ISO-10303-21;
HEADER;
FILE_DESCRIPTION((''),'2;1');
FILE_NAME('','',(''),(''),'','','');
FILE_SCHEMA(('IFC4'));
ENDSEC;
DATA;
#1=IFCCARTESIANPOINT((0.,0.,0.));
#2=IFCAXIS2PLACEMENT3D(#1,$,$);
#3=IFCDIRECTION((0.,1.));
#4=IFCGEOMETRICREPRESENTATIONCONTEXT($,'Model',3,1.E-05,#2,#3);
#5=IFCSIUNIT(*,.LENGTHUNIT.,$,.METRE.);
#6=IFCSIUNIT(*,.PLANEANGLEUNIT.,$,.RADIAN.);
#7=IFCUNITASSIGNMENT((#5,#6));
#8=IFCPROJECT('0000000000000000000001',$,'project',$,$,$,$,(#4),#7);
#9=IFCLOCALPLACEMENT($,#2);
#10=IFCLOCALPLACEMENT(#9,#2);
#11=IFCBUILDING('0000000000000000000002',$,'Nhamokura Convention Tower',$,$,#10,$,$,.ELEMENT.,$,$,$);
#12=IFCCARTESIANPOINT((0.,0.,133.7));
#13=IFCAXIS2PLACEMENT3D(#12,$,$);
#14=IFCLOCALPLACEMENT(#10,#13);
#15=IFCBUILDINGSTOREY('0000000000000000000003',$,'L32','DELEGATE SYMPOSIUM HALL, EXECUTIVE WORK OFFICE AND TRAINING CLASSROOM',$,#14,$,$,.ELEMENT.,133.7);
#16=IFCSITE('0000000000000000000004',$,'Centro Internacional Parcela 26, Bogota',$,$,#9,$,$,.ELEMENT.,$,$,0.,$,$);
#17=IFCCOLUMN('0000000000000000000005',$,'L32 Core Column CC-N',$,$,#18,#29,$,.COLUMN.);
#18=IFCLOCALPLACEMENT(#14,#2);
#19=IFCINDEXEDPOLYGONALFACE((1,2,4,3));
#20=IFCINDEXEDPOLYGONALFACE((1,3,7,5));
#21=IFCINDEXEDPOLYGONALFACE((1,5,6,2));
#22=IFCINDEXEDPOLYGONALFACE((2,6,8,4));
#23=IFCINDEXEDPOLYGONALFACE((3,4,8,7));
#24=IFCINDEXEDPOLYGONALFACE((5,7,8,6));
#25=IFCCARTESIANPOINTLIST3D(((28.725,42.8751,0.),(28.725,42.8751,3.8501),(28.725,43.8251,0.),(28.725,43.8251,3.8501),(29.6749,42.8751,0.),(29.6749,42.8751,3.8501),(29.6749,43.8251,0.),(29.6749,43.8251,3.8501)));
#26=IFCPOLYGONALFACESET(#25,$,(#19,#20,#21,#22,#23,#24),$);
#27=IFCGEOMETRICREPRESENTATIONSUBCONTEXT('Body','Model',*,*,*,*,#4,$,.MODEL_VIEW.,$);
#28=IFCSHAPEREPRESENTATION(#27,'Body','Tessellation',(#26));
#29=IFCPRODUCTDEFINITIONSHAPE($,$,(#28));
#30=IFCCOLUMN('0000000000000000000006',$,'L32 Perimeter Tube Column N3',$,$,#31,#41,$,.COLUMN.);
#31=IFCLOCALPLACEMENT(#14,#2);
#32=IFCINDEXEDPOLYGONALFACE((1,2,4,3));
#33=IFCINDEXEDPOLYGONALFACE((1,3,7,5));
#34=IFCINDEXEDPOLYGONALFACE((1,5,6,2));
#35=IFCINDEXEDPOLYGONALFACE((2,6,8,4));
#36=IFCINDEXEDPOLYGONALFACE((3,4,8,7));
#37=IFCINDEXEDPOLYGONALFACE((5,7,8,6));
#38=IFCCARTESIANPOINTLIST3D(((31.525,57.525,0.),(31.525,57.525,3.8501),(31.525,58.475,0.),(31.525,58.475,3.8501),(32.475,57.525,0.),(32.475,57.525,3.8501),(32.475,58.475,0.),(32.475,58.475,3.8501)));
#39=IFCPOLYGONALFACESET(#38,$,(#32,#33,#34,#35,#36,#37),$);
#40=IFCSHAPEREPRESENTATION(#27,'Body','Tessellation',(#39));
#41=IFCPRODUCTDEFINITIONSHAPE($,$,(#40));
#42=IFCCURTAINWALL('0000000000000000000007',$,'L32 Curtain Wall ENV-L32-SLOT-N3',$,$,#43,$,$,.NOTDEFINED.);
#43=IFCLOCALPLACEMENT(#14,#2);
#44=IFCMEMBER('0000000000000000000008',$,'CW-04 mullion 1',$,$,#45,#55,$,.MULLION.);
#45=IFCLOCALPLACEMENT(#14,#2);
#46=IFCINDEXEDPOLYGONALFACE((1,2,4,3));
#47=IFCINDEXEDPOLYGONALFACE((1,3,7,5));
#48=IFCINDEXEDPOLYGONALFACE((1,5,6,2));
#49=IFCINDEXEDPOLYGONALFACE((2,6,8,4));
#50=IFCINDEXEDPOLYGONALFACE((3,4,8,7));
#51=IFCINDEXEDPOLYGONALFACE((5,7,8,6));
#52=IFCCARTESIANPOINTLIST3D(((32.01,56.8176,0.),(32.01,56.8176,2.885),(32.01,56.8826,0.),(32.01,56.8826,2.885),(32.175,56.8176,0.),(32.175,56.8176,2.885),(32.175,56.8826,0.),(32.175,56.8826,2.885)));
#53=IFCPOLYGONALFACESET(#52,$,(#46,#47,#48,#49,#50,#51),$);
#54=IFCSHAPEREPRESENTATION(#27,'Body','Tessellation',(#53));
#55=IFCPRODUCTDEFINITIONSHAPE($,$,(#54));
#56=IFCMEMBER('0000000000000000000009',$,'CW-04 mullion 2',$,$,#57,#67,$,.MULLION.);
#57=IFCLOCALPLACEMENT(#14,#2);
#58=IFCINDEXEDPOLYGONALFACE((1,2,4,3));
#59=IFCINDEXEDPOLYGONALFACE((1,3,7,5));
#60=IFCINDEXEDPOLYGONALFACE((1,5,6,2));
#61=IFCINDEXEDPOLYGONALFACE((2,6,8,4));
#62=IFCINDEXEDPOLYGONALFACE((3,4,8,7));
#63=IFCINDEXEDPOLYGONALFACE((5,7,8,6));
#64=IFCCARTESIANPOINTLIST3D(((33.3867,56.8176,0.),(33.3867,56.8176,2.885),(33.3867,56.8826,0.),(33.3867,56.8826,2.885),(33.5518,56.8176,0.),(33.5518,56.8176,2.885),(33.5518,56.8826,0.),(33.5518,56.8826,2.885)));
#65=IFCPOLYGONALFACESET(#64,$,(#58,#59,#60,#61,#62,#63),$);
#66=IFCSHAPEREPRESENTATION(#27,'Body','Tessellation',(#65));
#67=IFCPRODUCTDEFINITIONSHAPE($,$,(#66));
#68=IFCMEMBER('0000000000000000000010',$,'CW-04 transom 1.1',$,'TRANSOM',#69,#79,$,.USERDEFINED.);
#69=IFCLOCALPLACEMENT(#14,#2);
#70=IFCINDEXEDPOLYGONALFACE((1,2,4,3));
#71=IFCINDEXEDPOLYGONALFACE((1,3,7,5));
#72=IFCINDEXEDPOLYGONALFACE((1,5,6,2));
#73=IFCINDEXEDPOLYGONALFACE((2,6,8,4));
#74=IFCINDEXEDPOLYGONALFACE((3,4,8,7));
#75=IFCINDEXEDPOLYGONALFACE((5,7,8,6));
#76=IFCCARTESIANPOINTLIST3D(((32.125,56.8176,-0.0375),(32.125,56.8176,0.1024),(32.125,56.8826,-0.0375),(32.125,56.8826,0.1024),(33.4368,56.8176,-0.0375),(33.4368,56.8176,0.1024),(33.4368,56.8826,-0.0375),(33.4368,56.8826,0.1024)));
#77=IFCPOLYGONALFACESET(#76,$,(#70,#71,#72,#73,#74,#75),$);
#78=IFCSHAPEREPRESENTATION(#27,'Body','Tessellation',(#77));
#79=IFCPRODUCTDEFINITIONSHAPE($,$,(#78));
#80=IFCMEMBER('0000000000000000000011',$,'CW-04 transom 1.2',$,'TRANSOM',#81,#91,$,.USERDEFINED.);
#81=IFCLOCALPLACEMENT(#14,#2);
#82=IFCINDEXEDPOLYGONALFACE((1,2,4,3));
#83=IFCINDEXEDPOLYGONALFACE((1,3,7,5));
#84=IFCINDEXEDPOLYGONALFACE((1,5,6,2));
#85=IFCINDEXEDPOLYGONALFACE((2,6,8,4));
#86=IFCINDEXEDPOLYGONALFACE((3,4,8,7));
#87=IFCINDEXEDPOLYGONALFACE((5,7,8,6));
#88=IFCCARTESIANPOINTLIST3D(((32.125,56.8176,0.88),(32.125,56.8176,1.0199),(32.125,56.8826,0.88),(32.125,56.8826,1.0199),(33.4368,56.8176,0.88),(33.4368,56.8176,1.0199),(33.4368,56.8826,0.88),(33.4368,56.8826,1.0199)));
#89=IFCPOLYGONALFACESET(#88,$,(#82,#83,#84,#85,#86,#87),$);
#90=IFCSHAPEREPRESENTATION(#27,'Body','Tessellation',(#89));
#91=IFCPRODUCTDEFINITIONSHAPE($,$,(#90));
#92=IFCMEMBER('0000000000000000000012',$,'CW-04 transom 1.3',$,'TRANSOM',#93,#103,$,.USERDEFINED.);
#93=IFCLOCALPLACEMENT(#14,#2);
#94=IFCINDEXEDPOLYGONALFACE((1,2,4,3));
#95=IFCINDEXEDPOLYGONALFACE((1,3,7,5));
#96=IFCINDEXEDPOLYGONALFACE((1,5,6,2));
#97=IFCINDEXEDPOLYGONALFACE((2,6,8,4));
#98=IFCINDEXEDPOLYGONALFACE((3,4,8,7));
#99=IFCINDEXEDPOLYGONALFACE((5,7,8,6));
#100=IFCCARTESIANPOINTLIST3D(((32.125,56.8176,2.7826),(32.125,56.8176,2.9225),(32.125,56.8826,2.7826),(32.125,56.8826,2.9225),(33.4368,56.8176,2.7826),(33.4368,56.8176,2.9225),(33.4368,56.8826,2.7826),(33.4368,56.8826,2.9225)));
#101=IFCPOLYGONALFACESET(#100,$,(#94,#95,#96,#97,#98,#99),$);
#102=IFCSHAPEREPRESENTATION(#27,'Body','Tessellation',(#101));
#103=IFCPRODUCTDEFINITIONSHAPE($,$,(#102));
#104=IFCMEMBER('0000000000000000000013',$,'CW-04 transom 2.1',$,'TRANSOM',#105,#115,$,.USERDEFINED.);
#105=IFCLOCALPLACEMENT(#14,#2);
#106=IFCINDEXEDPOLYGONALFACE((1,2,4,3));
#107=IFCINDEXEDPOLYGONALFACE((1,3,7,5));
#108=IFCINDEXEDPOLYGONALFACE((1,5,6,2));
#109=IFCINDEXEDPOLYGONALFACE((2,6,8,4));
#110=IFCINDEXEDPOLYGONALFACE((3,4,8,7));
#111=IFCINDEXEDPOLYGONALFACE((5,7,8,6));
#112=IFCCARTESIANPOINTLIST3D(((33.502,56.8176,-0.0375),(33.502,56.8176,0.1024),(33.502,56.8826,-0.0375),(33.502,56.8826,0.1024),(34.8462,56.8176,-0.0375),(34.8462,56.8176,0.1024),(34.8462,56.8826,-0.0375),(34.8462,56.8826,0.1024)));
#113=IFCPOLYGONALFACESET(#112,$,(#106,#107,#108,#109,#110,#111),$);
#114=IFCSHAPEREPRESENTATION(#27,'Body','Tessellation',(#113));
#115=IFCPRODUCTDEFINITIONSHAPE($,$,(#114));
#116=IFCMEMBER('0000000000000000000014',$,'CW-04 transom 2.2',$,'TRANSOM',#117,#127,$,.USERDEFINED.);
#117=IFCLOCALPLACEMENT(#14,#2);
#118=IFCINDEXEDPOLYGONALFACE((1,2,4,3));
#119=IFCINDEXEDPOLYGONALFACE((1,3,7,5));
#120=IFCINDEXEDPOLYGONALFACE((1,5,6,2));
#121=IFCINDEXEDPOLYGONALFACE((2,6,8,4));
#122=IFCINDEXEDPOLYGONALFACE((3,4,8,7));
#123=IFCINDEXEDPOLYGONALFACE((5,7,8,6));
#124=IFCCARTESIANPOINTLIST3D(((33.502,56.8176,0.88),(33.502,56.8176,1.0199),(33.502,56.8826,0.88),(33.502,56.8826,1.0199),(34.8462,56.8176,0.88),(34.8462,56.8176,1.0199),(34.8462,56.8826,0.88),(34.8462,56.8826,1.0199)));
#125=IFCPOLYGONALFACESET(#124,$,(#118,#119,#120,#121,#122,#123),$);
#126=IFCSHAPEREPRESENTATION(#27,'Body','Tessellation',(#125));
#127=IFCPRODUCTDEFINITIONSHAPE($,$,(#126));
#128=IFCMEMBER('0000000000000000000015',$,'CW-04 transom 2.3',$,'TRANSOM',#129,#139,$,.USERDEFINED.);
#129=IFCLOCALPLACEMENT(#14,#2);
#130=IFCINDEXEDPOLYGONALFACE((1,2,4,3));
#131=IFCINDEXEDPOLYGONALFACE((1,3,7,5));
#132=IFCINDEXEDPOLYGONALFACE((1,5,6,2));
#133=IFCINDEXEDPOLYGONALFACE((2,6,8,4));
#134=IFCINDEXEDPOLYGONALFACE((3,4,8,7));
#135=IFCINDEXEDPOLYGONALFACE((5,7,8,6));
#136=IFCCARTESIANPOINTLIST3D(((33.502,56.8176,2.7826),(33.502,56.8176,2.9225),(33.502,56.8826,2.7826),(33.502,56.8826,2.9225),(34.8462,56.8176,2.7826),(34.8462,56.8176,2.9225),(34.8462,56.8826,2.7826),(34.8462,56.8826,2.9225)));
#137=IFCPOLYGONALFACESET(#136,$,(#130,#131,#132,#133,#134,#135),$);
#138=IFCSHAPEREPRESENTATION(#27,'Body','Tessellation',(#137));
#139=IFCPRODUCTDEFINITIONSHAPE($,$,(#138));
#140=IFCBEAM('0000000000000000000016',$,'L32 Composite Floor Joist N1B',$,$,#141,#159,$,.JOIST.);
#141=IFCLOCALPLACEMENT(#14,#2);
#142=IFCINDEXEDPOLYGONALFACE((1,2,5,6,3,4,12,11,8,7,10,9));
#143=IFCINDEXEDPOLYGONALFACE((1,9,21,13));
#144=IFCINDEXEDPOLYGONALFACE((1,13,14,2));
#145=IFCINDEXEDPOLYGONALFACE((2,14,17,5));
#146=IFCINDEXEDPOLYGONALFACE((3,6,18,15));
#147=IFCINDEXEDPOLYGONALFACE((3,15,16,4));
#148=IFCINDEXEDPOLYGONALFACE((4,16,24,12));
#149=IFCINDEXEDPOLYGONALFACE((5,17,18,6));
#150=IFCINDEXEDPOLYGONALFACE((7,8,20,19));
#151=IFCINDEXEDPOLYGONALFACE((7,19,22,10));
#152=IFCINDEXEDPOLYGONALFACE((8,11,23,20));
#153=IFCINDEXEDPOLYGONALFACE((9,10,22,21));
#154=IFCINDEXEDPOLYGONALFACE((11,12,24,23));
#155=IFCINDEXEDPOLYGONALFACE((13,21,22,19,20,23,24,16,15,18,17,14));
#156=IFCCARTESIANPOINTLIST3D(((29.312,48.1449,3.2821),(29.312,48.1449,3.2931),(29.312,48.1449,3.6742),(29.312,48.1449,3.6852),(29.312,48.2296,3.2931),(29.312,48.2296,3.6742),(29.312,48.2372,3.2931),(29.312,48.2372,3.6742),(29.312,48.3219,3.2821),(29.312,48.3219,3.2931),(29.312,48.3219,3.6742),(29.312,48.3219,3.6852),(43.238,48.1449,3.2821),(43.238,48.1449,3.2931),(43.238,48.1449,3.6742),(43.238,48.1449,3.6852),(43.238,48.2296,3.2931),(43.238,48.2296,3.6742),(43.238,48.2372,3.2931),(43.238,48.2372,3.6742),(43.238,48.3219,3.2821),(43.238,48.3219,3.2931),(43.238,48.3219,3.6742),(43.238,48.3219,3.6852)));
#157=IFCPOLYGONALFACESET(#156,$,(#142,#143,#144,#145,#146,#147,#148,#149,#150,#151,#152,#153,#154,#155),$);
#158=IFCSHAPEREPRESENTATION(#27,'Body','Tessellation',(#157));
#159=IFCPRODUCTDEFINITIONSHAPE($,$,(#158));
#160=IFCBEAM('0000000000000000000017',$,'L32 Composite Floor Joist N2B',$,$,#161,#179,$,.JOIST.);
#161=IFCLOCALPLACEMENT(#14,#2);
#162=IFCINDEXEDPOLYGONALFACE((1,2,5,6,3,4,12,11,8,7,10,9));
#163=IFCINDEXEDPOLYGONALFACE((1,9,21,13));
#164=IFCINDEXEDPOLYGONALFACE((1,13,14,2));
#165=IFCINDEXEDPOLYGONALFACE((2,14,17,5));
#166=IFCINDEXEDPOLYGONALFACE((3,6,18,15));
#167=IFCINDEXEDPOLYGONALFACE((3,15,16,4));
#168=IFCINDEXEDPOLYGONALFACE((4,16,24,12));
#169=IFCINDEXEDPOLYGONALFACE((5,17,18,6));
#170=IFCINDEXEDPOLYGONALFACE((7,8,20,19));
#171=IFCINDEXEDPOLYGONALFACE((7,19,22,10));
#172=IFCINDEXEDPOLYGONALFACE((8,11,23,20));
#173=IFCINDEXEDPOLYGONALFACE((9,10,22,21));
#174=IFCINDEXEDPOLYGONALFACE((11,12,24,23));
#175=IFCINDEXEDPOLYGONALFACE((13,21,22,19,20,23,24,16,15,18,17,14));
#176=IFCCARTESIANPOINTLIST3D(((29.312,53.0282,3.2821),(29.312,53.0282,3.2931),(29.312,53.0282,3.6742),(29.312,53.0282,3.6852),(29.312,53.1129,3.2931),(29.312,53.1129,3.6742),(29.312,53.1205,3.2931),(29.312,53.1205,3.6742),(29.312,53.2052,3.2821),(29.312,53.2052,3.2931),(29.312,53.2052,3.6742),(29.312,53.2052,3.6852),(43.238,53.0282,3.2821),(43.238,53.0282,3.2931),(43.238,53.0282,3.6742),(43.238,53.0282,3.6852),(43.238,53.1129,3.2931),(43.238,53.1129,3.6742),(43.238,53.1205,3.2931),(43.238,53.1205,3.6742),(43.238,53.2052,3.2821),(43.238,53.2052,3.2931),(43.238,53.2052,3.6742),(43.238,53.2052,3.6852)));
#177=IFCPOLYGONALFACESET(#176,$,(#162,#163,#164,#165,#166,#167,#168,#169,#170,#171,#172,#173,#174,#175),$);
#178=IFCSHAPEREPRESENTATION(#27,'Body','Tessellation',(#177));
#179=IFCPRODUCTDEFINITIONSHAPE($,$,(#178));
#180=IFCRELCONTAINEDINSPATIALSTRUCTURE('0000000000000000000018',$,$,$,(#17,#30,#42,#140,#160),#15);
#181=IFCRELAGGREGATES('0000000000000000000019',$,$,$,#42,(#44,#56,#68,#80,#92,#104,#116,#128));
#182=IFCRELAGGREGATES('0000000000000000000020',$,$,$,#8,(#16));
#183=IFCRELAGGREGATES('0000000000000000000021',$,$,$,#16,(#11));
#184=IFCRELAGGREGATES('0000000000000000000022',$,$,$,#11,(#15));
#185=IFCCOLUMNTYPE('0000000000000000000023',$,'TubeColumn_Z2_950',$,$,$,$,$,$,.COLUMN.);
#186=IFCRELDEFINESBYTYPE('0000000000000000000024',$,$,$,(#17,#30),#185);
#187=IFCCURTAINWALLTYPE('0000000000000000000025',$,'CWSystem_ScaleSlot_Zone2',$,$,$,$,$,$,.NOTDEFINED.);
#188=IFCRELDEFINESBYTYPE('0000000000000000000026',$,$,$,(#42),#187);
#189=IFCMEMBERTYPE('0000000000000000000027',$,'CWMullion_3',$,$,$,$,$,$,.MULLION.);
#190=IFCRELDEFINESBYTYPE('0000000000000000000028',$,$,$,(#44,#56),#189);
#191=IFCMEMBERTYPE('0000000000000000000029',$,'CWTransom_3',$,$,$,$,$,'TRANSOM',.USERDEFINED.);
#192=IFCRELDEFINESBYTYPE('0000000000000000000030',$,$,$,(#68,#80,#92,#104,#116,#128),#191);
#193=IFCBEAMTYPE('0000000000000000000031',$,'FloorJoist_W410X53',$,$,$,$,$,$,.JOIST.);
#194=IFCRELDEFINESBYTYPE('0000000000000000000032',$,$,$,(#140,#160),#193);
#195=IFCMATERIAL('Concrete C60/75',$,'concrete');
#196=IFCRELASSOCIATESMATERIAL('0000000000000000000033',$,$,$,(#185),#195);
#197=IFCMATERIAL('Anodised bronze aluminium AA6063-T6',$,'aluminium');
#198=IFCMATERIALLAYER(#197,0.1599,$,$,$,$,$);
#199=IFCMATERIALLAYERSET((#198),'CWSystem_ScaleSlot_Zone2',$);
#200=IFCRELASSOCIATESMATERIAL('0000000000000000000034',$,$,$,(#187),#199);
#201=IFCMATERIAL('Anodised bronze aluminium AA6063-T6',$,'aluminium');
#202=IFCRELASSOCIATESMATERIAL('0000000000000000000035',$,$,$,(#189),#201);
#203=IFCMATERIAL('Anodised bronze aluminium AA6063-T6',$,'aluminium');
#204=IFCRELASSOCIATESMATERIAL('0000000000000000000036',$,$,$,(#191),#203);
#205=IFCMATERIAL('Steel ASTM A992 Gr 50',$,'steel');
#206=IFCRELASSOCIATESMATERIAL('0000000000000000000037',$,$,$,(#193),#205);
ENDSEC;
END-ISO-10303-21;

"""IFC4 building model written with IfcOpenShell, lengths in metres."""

from ifc_helpers import new_model, si_unit, direction, frame, origin, origin_2d, place, context, subcontext, project, spatial, rectangle, i_section, extrude, material, layer, layer_set, material_profile, profile_set, type_object, element, aggregate, save


model = new_model("IFC4")

# Units and contexts
model_context = context("Model", 3, precision=1e-05, world=origin(), true_north=direction((0.0, 1.0)))
body_context = subcontext(model_context, "Body", "Model", "MODEL_VIEW")
ifc_project = project(units=[si_unit("LENGTHUNIT", "METRE"), si_unit("PLANEANGLEUNIT", "RADIAN")], contexts=[model_context])

# Site, building, storey
site_placement = place(None, origin())
site = spatial("IfcSite", under=ifc_project, at=site_placement, Name="Centro Internacional Parcela 26, Bogota", CompositionType="ELEMENT", RefElevation=0.0)
building_placement = place(site_placement, origin())
building = spatial("IfcBuilding", under=site, at=building_placement, Name="Nhamokura Convention Tower", CompositionType="ELEMENT")
storey_placement = place(building_placement, frame((0.0, 0.0, 133.7)))
storey = spatial("IfcBuildingStorey", under=building, at=storey_placement, Name="L32", Description="DELEGATE SYMPOSIUM HALL, EXECUTIVE WORK OFFICE AND TRAINING CLASSROOM", CompositionType="ELEMENT", Elevation=133.7)

# Columns
ifc_material_1 = material(Name="Concrete C60/75", Category="concrete")
ifc_material_profile_1 = material_profile(ifc_material_1, rectangle(XDim=0.95, YDim=0.95, at=origin_2d()))
ifc_profile_set_1 = profile_set([ifc_material_profile_1], Name="Concrete C60/75")
column_type = type_object("IfcColumnType", Name="TubeColumn_Z2_950", PredefinedType="COLUMN", material=ifc_profile_set_1)
for number, where, z_axis, x_axis, name in (
    (1, (29.2, 43.3501, 0.0), (0.0, 0.0, 1.0), (1.0, 0.0, 0.0), "L32 Core Column CC-N"),
    (2, (32.0, 58.0, 0.0), (0.0, 0.0, 1.0), (1.0, 0.0, 0.0), "L32 Perimeter Tube Column N3"),
):
    element("IfcColumn", number, at=place(storey_placement, frame(where, z_axis=z_axis, x_axis=x_axis)), inside=storey, type_object=column_type, Name=name, PredefinedType="COLUMN", context=body_context, shape_type="SweptSolid", body=[
        extrude(rectangle(XDim=0.95, YDim=0.95, at=origin_2d()), origin(), (0.0, 0.0, 1.0), 3.8501),
    ])

# Curtain wall, members
ifc_material_2 = material(Name="Anodised bronze aluminium AA6063-T6", Category="aluminium")
ifc_layer_1 = layer(ifc_material_2, 0.1599)
ifc_layer_set_1 = layer_set([ifc_layer_1], Name="CWSystem_ScaleSlot_Zone2")
curtain_wall_type = type_object("IfcCurtainWallType", Name="CWSystem_ScaleSlot_Zone2", PredefinedType="NOTDEFINED", material=ifc_layer_set_1)
curtain_wall_placement = place(storey_placement, origin())
curtain_wall = element("IfcCurtainWall", 3, at=curtain_wall_placement, inside=storey, type_object=curtain_wall_type, Name="L32 Curtain Wall ENV-L32-SLOT-N3", PredefinedType="NOTDEFINED")
ifc_material_3 = material(Name="Anodised bronze aluminium AA6063-T6", Category="aluminium")
ifc_material_profile_2 = material_profile(ifc_material_3, rectangle(XDim=0.0649, YDim=0.165, at=origin_2d()))
ifc_profile_set_2 = profile_set([ifc_material_profile_2], Name="Anodised bronze aluminium AA6063-T6")
member_type_1 = type_object("IfcMemberType", Name="CWMullion_3", PredefinedType="MULLION", material=ifc_profile_set_2)
member_1_placement = place(storey_placement, frame((32.0925, 56.8501, 0.0), z_axis=(0.0, 0.0, 1.0), x_axis=(0.0, 1.0, 0.0)))
member_1 = element("IfcMember", 4, at=member_1_placement, type_object=member_type_1, Name="CW-04 mullion 1", PredefinedType="MULLION", context=body_context, shape_type="SweptSolid", body=[
    extrude(rectangle(XDim=0.0649, YDim=0.165, at=origin_2d()), origin(), (0.0, 0.0, 1.0), 2.885),
])
member_2_placement = place(storey_placement, frame((33.4692, 56.8501, 0.0), z_axis=(0.0, 0.0, 1.0), x_axis=(0.0, 1.0, 0.0)))
member_2 = element("IfcMember", 5, at=member_2_placement, type_object=member_type_1, Name="CW-04 mullion 2", PredefinedType="MULLION", context=body_context, shape_type="SweptSolid", body=[
    extrude(rectangle(XDim=0.0649, YDim=0.165, at=origin_2d()), origin(), (0.0, 0.0, 1.0), 2.885),
])
ifc_material_4 = material(Name="Anodised bronze aluminium AA6063-T6", Category="aluminium")
ifc_material_profile_3 = material_profile(ifc_material_4, rectangle(XDim=0.0649, YDim=0.1399, at=origin_2d()))
ifc_profile_set_3 = profile_set([ifc_material_profile_3], Name="Anodised bronze aluminium AA6063-T6")
member_type_2 = type_object("IfcMemberType", Name="CWTransom_3", ElementType="TRANSOM", PredefinedType="USERDEFINED", material=ifc_profile_set_3)
member_3_placement = place(storey_placement, frame((32.125, 56.8501, 0.0325), z_axis=(1.0, 0.0, 0.0), x_axis=(0.0, 1.0, 0.0)))
member_3 = element("IfcMember", 6, at=member_3_placement, type_object=member_type_2, Name="CW-04 transom 1.1", ObjectType="TRANSOM", PredefinedType="USERDEFINED", context=body_context, shape_type="SweptSolid", body=[
    extrude(rectangle(XDim=0.0649, YDim=0.1399, at=origin_2d()), origin(), (0.0, 0.0, 1.0), 1.3118),
])
member_4_placement = place(storey_placement, frame((32.125, 56.8501, 0.95), z_axis=(1.0, 0.0, 0.0), x_axis=(0.0, 1.0, 0.0)))
member_4 = element("IfcMember", 7, at=member_4_placement, type_object=member_type_2, Name="CW-04 transom 1.2", ObjectType="TRANSOM", PredefinedType="USERDEFINED", context=body_context, shape_type="SweptSolid", body=[
    extrude(rectangle(XDim=0.0649, YDim=0.1399, at=origin_2d()), origin(), (0.0, 0.0, 1.0), 1.3118),
])
member_5_placement = place(storey_placement, frame((32.125, 56.8501, 2.8525), z_axis=(1.0, 0.0, 0.0), x_axis=(0.0, 1.0, 0.0)))
member_5 = element("IfcMember", 8, at=member_5_placement, type_object=member_type_2, Name="CW-04 transom 1.3", ObjectType="TRANSOM", PredefinedType="USERDEFINED", context=body_context, shape_type="SweptSolid", body=[
    extrude(rectangle(XDim=0.0649, YDim=0.1399, at=origin_2d()), origin(), (0.0, 0.0, 1.0), 1.3118),
])
member_6_placement = place(storey_placement, frame((33.502, 56.8501, 0.0325), z_axis=(1.0, 0.0, 0.0), x_axis=(0.0, 1.0, 0.0)))
member_6 = element("IfcMember", 9, at=member_6_placement, type_object=member_type_2, Name="CW-04 transom 2.1", ObjectType="TRANSOM", PredefinedType="USERDEFINED", context=body_context, shape_type="SweptSolid", body=[
    extrude(rectangle(XDim=0.0649, YDim=0.1399, at=origin_2d()), origin(), (0.0, 0.0, 1.0), 1.3442),
])
member_7_placement = place(storey_placement, frame((33.502, 56.8501, 0.95), z_axis=(1.0, 0.0, 0.0), x_axis=(0.0, 1.0, 0.0)))
member_7 = element("IfcMember", 10, at=member_7_placement, type_object=member_type_2, Name="CW-04 transom 2.2", ObjectType="TRANSOM", PredefinedType="USERDEFINED", context=body_context, shape_type="SweptSolid", body=[
    extrude(rectangle(XDim=0.0649, YDim=0.1399, at=origin_2d()), origin(), (0.0, 0.0, 1.0), 1.3442),
])
member_8_placement = place(storey_placement, frame((33.502, 56.8501, 2.8525), z_axis=(1.0, 0.0, 0.0), x_axis=(0.0, 1.0, 0.0)))
member_8 = element("IfcMember", 11, at=member_8_placement, type_object=member_type_2, Name="CW-04 transom 2.3", ObjectType="TRANSOM", PredefinedType="USERDEFINED", context=body_context, shape_type="SweptSolid", body=[
    extrude(rectangle(XDim=0.0649, YDim=0.1399, at=origin_2d()), origin(), (0.0, 0.0, 1.0), 1.3442),
])

# Beams
ifc_material_5 = material(Name="Steel ASTM A992 Gr 50", Category="steel")
ifc_material_profile_4 = material_profile(ifc_material_5, i_section(OverallWidth=0.177, OverallDepth=0.4031, WebThickness=0.0076, FlangeThickness=0.011, at=origin_2d()))
ifc_profile_set_4 = profile_set([ifc_material_profile_4], Name="Steel ASTM A992 Gr 50")
beam_type_1 = type_object("IfcBeamType", Name="FloorJoist_W410X53", PredefinedType="JOIST", material=ifc_profile_set_4)
for number, where, z_axis, x_axis, name in (
    (12, (29.312, 48.2334, 3.4836), (1.0, 0.0, 0.0), (0.0, 1.0, 0.0), "L32 Composite Floor Joist N1B"),
    (13, (29.312, 53.1167, 3.4836), (1.0, 0.0, 0.0), (0.0, 1.0, 0.0), "L32 Composite Floor Joist N2B"),
):
    element("IfcBeam", number, at=place(storey_placement, frame(where, z_axis=z_axis, x_axis=x_axis)), inside=storey, type_object=beam_type_1, Name=name, PredefinedType="JOIST", context=body_context, shape_type="SweptSolid", body=[
        extrude(i_section(OverallWidth=0.177, OverallDepth=0.4031, WebThickness=0.0076, FlangeThickness=0.011, at=origin_2d()), origin(), (0.0, 0.0, 1.0), 13.926),
    ])

aggregate(curtain_wall, [member_1, member_2, member_3, member_4, member_5, member_6, member_7, member_8])

save(model, "model.ifc")
